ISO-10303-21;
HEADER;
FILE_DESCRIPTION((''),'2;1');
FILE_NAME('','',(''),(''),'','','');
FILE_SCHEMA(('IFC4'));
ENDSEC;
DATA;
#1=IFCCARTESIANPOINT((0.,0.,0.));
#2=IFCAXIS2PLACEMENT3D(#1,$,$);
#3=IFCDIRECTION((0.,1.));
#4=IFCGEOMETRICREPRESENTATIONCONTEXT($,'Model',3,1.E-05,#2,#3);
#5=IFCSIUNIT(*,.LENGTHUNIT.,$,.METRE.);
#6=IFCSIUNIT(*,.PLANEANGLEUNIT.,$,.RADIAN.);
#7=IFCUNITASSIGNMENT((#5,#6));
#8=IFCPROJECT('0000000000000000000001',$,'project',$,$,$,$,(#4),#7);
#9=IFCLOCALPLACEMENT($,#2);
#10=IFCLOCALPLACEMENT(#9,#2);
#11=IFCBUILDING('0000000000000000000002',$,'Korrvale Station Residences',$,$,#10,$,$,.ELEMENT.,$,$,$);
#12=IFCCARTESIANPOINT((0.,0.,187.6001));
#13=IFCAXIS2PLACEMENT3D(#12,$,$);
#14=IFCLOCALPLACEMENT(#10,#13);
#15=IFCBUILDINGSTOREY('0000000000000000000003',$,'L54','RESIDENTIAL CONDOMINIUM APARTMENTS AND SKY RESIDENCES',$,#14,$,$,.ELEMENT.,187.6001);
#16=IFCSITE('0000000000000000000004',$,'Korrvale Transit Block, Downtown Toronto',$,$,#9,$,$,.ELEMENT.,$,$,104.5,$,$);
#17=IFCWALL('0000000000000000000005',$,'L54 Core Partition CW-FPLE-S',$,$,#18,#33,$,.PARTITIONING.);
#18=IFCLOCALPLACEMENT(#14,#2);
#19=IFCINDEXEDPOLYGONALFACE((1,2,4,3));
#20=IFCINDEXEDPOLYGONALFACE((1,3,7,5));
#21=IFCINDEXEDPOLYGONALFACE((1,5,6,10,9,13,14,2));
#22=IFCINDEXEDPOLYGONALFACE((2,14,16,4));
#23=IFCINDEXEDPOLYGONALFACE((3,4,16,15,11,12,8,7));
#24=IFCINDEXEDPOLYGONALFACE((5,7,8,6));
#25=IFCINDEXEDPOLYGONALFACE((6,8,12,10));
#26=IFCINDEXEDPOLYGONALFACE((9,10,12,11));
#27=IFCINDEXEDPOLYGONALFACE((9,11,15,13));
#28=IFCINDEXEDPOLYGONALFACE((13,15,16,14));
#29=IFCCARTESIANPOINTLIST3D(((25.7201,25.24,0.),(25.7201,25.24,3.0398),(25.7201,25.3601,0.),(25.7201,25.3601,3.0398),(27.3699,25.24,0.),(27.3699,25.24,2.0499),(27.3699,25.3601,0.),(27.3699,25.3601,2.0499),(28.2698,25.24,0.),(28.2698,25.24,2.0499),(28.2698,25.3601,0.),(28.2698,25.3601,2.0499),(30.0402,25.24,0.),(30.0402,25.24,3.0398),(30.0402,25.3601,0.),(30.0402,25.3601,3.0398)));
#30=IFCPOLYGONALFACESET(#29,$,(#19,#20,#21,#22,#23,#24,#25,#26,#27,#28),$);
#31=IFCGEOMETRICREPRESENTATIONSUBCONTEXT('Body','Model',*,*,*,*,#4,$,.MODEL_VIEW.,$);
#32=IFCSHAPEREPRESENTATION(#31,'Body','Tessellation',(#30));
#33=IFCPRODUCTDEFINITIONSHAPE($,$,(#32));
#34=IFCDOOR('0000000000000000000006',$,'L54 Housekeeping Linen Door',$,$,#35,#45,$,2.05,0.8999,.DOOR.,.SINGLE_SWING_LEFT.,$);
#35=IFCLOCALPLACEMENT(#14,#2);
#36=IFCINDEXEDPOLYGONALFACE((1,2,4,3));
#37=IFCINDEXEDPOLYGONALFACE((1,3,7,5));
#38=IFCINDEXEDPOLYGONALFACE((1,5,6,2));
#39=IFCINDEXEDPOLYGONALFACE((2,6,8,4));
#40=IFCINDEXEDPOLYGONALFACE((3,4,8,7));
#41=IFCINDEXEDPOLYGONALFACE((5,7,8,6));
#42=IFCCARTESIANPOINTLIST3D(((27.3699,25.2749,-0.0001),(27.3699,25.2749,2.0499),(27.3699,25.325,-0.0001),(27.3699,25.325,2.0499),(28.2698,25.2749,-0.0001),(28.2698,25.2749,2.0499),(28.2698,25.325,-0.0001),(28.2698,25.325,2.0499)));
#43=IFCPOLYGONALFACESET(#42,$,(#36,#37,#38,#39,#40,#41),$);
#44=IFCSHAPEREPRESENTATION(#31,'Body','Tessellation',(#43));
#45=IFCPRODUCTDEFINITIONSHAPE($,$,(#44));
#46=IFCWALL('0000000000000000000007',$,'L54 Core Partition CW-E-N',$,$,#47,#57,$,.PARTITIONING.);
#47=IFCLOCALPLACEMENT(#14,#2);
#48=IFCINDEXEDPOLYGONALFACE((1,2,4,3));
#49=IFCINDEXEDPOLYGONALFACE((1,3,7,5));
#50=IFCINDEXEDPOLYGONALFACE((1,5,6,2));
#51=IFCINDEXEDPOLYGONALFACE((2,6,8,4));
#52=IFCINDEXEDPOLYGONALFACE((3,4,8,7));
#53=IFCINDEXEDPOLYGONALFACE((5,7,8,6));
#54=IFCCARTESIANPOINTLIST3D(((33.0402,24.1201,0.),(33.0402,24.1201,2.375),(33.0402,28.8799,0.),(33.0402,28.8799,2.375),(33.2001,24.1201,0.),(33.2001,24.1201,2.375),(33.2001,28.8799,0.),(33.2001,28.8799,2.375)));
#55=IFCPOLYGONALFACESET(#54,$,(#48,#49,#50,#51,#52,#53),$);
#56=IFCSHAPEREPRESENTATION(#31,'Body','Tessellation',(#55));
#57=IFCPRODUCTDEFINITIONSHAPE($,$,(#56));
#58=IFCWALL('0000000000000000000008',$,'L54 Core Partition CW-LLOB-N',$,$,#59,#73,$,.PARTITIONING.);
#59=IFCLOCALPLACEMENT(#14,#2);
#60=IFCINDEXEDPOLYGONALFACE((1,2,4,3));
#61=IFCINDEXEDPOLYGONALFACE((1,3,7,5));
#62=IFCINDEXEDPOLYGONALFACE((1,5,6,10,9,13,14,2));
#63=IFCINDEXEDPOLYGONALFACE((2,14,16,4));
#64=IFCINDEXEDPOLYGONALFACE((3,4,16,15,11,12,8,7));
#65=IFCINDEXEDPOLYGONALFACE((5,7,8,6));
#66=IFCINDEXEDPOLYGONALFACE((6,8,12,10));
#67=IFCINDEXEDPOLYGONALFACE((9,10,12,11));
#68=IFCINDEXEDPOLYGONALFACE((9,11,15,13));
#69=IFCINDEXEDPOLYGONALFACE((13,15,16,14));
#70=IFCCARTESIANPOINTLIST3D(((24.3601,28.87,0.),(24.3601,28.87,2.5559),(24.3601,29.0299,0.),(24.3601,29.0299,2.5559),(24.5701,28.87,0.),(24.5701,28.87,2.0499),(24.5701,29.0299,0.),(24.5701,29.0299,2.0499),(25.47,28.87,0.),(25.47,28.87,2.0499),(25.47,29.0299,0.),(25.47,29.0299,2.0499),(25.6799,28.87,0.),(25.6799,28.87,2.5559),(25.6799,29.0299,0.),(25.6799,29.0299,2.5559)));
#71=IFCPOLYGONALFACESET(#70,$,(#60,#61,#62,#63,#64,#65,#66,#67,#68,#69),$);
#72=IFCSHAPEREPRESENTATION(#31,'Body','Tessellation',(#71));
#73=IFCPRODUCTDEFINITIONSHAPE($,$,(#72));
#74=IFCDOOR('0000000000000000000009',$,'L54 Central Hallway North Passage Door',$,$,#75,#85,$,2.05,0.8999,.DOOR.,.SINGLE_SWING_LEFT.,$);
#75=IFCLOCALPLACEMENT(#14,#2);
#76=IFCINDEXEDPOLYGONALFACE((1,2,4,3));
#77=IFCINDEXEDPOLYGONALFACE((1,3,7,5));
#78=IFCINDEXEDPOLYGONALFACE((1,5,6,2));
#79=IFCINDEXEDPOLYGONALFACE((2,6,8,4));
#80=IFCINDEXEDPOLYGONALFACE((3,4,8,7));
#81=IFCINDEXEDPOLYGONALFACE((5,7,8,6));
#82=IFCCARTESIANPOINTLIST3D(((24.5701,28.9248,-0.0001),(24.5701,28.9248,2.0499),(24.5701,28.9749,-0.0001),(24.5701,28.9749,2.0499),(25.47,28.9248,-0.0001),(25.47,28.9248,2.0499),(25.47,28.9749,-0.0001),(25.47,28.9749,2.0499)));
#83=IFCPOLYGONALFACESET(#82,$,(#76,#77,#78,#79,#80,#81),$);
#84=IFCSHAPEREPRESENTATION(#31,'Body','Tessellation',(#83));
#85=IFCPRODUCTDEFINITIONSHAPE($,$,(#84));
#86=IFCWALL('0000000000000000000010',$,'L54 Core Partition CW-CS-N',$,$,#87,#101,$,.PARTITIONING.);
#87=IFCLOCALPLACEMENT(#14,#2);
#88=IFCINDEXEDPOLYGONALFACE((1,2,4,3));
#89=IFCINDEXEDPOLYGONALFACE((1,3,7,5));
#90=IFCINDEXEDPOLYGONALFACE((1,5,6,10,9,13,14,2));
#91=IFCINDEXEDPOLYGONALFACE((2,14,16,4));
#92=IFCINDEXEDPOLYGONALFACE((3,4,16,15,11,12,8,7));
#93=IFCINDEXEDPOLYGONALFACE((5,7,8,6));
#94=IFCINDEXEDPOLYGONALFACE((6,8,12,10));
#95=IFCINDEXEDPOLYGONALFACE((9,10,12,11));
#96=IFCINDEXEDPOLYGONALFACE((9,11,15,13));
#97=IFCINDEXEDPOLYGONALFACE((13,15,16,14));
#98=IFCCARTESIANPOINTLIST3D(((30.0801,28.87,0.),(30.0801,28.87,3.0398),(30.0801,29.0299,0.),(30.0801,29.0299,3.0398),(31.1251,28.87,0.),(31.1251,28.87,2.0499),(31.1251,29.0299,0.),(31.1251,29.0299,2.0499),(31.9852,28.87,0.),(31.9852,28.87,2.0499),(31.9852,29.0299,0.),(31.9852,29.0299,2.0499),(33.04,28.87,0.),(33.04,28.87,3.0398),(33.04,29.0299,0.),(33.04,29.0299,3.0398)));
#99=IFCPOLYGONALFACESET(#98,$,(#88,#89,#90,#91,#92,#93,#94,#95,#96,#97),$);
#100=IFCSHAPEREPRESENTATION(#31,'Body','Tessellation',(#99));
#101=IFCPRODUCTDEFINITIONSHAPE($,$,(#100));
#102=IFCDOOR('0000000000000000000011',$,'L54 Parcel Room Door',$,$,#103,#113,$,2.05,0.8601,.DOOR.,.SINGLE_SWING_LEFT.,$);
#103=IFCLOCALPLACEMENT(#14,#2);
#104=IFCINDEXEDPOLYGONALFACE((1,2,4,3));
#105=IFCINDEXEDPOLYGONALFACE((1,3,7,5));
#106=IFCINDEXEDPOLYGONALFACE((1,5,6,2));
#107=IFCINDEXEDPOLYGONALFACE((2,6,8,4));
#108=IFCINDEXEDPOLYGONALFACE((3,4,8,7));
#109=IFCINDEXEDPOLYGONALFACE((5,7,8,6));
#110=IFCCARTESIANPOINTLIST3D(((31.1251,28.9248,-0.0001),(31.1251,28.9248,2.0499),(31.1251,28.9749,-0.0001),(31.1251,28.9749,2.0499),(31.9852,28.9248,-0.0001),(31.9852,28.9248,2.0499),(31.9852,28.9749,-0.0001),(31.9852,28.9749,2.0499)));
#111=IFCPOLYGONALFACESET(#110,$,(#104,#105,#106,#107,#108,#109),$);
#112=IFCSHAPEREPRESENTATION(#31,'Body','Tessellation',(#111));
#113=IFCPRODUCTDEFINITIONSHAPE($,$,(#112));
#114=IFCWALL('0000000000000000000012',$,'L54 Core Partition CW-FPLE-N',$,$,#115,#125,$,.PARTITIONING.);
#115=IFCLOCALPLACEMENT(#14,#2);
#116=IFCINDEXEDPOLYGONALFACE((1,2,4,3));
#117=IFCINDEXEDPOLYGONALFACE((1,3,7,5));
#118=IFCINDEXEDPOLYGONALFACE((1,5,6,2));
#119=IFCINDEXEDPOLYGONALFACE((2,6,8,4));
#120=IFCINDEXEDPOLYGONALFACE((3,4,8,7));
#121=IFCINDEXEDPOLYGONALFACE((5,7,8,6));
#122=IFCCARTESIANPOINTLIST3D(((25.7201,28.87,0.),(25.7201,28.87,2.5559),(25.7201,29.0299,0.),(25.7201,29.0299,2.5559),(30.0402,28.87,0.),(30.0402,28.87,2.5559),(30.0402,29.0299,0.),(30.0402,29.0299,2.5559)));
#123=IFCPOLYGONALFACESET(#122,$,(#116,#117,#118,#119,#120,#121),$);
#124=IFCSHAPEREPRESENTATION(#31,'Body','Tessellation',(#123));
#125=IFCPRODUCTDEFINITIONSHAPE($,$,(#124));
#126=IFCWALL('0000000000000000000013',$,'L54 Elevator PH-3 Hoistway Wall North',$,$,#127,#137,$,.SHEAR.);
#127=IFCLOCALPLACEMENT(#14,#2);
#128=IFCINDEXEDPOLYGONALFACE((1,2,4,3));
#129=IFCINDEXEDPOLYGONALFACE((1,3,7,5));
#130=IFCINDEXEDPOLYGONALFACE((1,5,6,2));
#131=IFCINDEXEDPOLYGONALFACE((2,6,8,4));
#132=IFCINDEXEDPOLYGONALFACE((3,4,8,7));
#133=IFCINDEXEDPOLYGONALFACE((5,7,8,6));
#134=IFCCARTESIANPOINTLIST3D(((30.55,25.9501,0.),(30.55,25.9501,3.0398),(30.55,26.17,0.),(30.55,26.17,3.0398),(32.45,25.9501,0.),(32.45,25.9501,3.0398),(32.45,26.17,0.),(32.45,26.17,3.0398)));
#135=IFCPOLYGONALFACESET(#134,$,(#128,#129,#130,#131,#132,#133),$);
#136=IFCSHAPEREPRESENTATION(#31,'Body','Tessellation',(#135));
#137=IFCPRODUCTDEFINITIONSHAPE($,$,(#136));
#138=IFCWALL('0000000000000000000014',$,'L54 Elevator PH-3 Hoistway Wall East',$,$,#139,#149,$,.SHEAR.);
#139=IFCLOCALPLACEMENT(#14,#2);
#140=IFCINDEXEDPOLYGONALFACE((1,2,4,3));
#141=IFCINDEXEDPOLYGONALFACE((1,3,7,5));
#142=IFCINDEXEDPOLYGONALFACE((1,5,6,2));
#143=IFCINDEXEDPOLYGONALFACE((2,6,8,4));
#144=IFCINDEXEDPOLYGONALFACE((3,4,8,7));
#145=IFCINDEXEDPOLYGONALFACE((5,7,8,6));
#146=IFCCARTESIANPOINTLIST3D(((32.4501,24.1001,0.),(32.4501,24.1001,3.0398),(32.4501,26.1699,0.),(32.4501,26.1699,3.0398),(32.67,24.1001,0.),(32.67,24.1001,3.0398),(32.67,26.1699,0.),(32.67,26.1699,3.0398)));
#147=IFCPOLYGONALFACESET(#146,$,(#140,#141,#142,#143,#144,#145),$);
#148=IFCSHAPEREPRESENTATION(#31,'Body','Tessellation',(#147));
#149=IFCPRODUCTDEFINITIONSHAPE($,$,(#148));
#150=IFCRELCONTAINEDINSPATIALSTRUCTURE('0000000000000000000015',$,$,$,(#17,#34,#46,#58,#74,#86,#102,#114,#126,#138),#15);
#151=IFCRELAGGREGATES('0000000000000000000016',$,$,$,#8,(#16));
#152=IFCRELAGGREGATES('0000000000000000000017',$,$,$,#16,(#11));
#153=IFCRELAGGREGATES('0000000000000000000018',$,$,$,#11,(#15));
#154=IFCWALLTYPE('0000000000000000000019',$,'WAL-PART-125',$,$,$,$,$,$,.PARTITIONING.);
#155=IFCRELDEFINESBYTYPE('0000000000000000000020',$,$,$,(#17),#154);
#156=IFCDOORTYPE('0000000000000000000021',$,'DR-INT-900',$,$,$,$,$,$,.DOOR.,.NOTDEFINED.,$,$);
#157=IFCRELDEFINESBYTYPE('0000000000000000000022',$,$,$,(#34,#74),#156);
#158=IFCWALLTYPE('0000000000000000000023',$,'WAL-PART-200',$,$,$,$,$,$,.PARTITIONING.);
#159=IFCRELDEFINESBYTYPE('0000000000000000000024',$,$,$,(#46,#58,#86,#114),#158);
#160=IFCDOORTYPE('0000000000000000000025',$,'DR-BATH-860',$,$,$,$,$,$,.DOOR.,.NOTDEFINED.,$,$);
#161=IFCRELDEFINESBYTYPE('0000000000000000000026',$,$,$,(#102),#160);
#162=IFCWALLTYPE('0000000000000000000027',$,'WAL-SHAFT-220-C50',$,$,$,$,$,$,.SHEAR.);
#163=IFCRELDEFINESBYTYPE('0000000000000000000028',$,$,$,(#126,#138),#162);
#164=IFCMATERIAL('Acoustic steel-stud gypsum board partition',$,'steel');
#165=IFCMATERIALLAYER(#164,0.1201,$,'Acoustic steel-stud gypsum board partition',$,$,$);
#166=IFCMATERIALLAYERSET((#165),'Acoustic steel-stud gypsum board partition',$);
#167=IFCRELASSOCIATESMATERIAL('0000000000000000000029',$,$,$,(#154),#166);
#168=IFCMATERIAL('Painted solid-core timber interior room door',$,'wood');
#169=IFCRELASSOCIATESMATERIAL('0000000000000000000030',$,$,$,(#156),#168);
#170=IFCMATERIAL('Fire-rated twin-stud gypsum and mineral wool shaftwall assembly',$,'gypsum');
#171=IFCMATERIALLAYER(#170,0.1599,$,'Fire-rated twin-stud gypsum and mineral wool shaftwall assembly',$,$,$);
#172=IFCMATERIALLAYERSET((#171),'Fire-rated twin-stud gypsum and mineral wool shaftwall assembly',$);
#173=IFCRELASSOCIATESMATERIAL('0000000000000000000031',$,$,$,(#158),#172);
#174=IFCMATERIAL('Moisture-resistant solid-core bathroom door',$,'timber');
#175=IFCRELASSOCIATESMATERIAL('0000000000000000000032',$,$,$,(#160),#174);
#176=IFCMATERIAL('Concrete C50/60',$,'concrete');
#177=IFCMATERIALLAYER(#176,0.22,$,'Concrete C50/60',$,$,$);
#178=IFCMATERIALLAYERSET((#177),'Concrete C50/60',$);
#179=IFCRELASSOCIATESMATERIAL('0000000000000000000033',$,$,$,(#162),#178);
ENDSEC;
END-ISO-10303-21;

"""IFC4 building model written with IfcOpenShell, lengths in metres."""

from ifc_helpers import new_model, si_unit, direction, frame, frame_2d, origin, place, context, subcontext, project, spatial, rectangle, extrude, material, layer, layer_set, type_object, element, fill, save


model = new_model("IFC4")

# Units and contexts
model_context = context("Model", 3, precision=1e-05, world=origin(), true_north=direction((0.0, 1.0)))
body_context = subcontext(model_context, "Body", "Model", "MODEL_VIEW")
ifc_project = project(units=[si_unit("LENGTHUNIT", "METRE"), si_unit("PLANEANGLEUNIT", "RADIAN")], contexts=[model_context])

# Site, building, storey
site_placement = place(None, origin())
site = spatial("IfcSite", under=ifc_project, at=site_placement, Name="Korrvale Transit Block, Downtown Toronto", CompositionType="ELEMENT", RefElevation=104.5)
building_placement = place(site_placement, origin())
building = spatial("IfcBuilding", under=site, at=building_placement, Name="Korrvale Station Residences", CompositionType="ELEMENT")
storey_placement = place(building_placement, frame((0.0, 0.0, 187.6001)))
storey = spatial("IfcBuildingStorey", under=building, at=storey_placement, Name="L54", Description="RESIDENTIAL CONDOMINIUM APARTMENTS AND SKY RESIDENCES", CompositionType="ELEMENT", Elevation=187.6001)

# Shared definitions
ifc_material_1 = material(Name="Concrete C50/60", Category="concrete")

# Shared definitions
ifc_material_2 = material(Name="Acoustic steel-stud gypsum board partition", Category="steel")
ifc_layer_1 = layer(ifc_material_2, 0.1201, Name="Acoustic steel-stud gypsum board partition")
ifc_layer_set_1 = layer_set([ifc_layer_1], Name="Acoustic steel-stud gypsum board partition")
wall_type_1 = type_object("IfcWallType", Name="WAL-PART-125", PredefinedType="PARTITIONING", material=ifc_layer_set_1)

# Wall, opening, door
wall_1_placement = place(storey_placement, frame((25.72, 25.3, 0.0), z_axis=(0.0, 0.0, 1.0), x_axis=(1.0, 0.0, 0.0)))
wall_1 = element("IfcWall", 1, at=wall_1_placement, inside=storey, type_object=wall_type_1, Name="L54 Core Partition CW-FPLE-S", PredefinedType="PARTITIONING", context=body_context, shape_type="SweptSolid", body=[
    extrude(rectangle(XDim=4.3201, YDim=0.1201, at=frame_2d((2.1602, 0.0))), origin(), (0.0, 0.0, 1.0), 3.0398),
])
opening_1_placement = place(wall_1_placement, frame((1.6499, 0.0, 0.0)))
opening_1 = element("IfcOpeningElement", 2, at=opening_1_placement, cuts=wall_1, PredefinedType="OPENING", context=body_context, shape_type="SweptSolid", body=[
    extrude(rectangle(XDim=0.8999, YDim=2.05, at=frame_2d((0.45, 1.0249))), frame((0.0, 0.0701, 0.0), z_axis=(0.0, -1.0, 0.0), x_axis=(1.0, 0.0, 0.0)), (0.0, 0.0, 1.0), 0.1401),
])
ifc_material_3 = material(Name="Painted solid-core timber interior room door", Category="wood")
door_type_1 = type_object("IfcDoorType", Name="DR-INT-900", OperationType="NOTDEFINED", PredefinedType="DOOR", material=ifc_material_3)
door_1_placement = place(opening_1_placement, origin())
door_1 = element("IfcDoor", 3, at=door_1_placement, inside=storey, type_object=door_type_1, Name="L54 Housekeeping Linen Door", OperationType="SINGLE_SWING_LEFT", OverallHeight=2.05, OverallWidth=0.8999, PredefinedType="DOOR", context=body_context, shape_type="SweptSolid", body=[
    extrude(rectangle(XDim=0.8999, YDim=2.05, at=frame_2d((0.45, 1.0249))), frame((0.0, 0.0249, 0.0), z_axis=(0.0, -1.0, 0.0), x_axis=(1.0, 0.0, 0.0)), (0.0, 0.0, 1.0), 0.05),
])
fill(opening_1, door_1)

# Wall
ifc_material_4 = material(Name="Fire-rated twin-stud gypsum and mineral wool shaftwall assembly", Category="gypsum")
ifc_layer_2 = layer(ifc_material_4, 0.1599, Name="Fire-rated twin-stud gypsum and mineral wool shaftwall assembly")
ifc_layer_set_2 = layer_set([ifc_layer_2], Name="Fire-rated twin-stud gypsum and mineral wool shaftwall assembly")
wall_type_2 = type_object("IfcWallType", Name="WAL-PART-200", PredefinedType="PARTITIONING", material=ifc_layer_set_2)
wall_2_placement = place(storey_placement, frame((33.1201, 24.1201, 0.0), z_axis=(0.0, 0.0, 1.0), x_axis=(0.0, 1.0, 0.0)))
element("IfcWall", 4, at=wall_2_placement, inside=storey, type_object=wall_type_2, Name="L54 Core Partition CW-E-N", PredefinedType="PARTITIONING", context=body_context, shape_type="SweptSolid", body=[
    extrude(rectangle(XDim=4.7598, YDim=0.1599, at=frame_2d((2.3799, 0.0))), origin(), (0.0, 0.0, 1.0), 2.375),
])

# Walls, openings, doors
wall_3_placement = place(storey_placement, frame((24.3601, 28.95, 0.0), z_axis=(0.0, 0.0, 1.0), x_axis=(1.0, 0.0, 0.0)))
wall_3 = element("IfcWall", 5, at=wall_3_placement, inside=storey, type_object=wall_type_2, Name="L54 Core Partition CW-LLOB-N", PredefinedType="PARTITIONING", context=body_context, shape_type="SweptSolid", body=[
    extrude(rectangle(XDim=1.3198, YDim=0.1599, at=frame_2d((0.6599, 0.0))), origin(), (0.0, 0.0, 1.0), 2.5559),
])
opening_2_placement = place(wall_3_placement, frame((0.21, 0.0, 0.0)))
opening_2 = element("IfcOpeningElement", 6, at=opening_2_placement, cuts=wall_3, PredefinedType="OPENING", context=body_context, shape_type="SweptSolid", body=[
    extrude(rectangle(XDim=0.8999, YDim=2.05, at=frame_2d((0.45, 1.0249))), frame((0.0, 0.0898, 0.0), z_axis=(0.0, -1.0, 0.0), x_axis=(1.0, 0.0, 0.0)), (0.0, 0.0, 1.0), 0.1799),
])
door_2_placement = place(opening_2_placement, origin())
door_2 = element("IfcDoor", 7, at=door_2_placement, inside=storey, type_object=door_type_1, Name="L54 Central Hallway North Passage Door", OperationType="SINGLE_SWING_LEFT", OverallHeight=2.05, OverallWidth=0.8999, PredefinedType="DOOR", context=body_context, shape_type="SweptSolid", body=[
    extrude(rectangle(XDim=0.8999, YDim=2.05, at=frame_2d((0.45, 1.0249))), frame((0.0, 0.0249, 0.0), z_axis=(0.0, -1.0, 0.0), x_axis=(1.0, 0.0, 0.0)), (0.0, 0.0, 1.0), 0.05),
])
fill(opening_2, door_2)
wall_4_placement = place(storey_placement, frame((30.0801, 28.95, 0.0), z_axis=(0.0, 0.0, 1.0), x_axis=(1.0, 0.0, 0.0)))
wall_4 = element("IfcWall", 8, at=wall_4_placement, inside=storey, type_object=wall_type_2, Name="L54 Core Partition CW-CS-N", PredefinedType="PARTITIONING", context=body_context, shape_type="SweptSolid", body=[
    extrude(rectangle(XDim=2.96, YDim=0.1599, at=frame_2d((1.48, 0.0))), origin(), (0.0, 0.0, 1.0), 3.0398),
])
opening_3_placement = place(wall_4_placement, frame((1.0449, 0.0, 0.0)))
opening_3 = element("IfcOpeningElement", 9, at=opening_3_placement, cuts=wall_4, PredefinedType="OPENING", context=body_context, shape_type="SweptSolid", body=[
    extrude(rectangle(XDim=0.8601, YDim=2.05, at=frame_2d((0.4302, 1.0249))), frame((0.0, 0.0898, 0.0), z_axis=(0.0, -1.0, 0.0), x_axis=(1.0, 0.0, 0.0)), (0.0, 0.0, 1.0), 0.1799),
])
ifc_material_5 = material(Name="Moisture-resistant solid-core bathroom door", Category="timber")
door_type_2 = type_object("IfcDoorType", Name="DR-BATH-860", OperationType="NOTDEFINED", PredefinedType="DOOR", material=ifc_material_5)
door_3_placement = place(opening_3_placement, origin())
door_3 = element("IfcDoor", 10, at=door_3_placement, inside=storey, type_object=door_type_2, Name="L54 Parcel Room Door", OperationType="SINGLE_SWING_LEFT", OverallHeight=2.05, OverallWidth=0.8601, PredefinedType="DOOR", context=body_context, shape_type="SweptSolid", body=[
    extrude(rectangle(XDim=0.8601, YDim=2.05, at=frame_2d((0.4302, 1.0249))), frame((0.0, 0.0249, 0.0), z_axis=(0.0, -1.0, 0.0), x_axis=(1.0, 0.0, 0.0)), (0.0, 0.0, 1.0), 0.05),
])
fill(opening_3, door_3)

# Walls
wall_5_placement = place(storey_placement, frame((25.72, 28.95, 0.0), z_axis=(0.0, 0.0, 1.0), x_axis=(1.0, 0.0, 0.0)))
element("IfcWall", 11, at=wall_5_placement, inside=storey, type_object=wall_type_2, Name="L54 Core Partition CW-FPLE-N", PredefinedType="PARTITIONING", context=body_context, shape_type="SweptSolid", body=[
    extrude(rectangle(XDim=4.3201, YDim=0.1599, at=frame_2d((2.1602, 0.0))), origin(), (0.0, 0.0, 1.0), 2.5559),
])
ifc_layer_3 = layer(ifc_material_1, 0.22, Name="Concrete C50/60")
ifc_layer_set_3 = layer_set([ifc_layer_3], Name="Concrete C50/60")
wall_type_3 = type_object("IfcWallType", Name="WAL-SHAFT-220-C50", PredefinedType="SHEAR", material=ifc_layer_set_3)
wall_6_placement = place(storey_placement, frame((30.55, 26.0601, 0.0), z_axis=(0.0, 0.0, 1.0), x_axis=(1.0, 0.0, 0.0)))
element("IfcWall", 12, at=wall_6_placement, inside=storey, type_object=wall_type_3, Name="L54 Elevator PH-3 Hoistway Wall North", PredefinedType="SHEAR", context=body_context, shape_type="SweptSolid", body=[
    extrude(rectangle(XDim=1.8999, YDim=0.22, at=frame_2d((0.95, 0.0))), origin(), (0.0, 0.0, 1.0), 3.0398),
])

# Wall
wall_7_placement = place(storey_placement, frame((32.5601, 24.1001, 0.0), z_axis=(0.0, 0.0, 1.0), x_axis=(0.0, 1.0, 0.0)))
element("IfcWall", 13, at=wall_7_placement, inside=storey, type_object=wall_type_3, Name="L54 Elevator PH-3 Hoistway Wall East", PredefinedType="SHEAR", context=body_context, shape_type="SweptSolid", body=[
    extrude(rectangle(XDim=2.0698, YDim=0.22, at=frame_2d((1.0349, 0.0))), origin(), (0.0, 0.0, 1.0), 3.0398),
])

save(model, "model.ifc")
